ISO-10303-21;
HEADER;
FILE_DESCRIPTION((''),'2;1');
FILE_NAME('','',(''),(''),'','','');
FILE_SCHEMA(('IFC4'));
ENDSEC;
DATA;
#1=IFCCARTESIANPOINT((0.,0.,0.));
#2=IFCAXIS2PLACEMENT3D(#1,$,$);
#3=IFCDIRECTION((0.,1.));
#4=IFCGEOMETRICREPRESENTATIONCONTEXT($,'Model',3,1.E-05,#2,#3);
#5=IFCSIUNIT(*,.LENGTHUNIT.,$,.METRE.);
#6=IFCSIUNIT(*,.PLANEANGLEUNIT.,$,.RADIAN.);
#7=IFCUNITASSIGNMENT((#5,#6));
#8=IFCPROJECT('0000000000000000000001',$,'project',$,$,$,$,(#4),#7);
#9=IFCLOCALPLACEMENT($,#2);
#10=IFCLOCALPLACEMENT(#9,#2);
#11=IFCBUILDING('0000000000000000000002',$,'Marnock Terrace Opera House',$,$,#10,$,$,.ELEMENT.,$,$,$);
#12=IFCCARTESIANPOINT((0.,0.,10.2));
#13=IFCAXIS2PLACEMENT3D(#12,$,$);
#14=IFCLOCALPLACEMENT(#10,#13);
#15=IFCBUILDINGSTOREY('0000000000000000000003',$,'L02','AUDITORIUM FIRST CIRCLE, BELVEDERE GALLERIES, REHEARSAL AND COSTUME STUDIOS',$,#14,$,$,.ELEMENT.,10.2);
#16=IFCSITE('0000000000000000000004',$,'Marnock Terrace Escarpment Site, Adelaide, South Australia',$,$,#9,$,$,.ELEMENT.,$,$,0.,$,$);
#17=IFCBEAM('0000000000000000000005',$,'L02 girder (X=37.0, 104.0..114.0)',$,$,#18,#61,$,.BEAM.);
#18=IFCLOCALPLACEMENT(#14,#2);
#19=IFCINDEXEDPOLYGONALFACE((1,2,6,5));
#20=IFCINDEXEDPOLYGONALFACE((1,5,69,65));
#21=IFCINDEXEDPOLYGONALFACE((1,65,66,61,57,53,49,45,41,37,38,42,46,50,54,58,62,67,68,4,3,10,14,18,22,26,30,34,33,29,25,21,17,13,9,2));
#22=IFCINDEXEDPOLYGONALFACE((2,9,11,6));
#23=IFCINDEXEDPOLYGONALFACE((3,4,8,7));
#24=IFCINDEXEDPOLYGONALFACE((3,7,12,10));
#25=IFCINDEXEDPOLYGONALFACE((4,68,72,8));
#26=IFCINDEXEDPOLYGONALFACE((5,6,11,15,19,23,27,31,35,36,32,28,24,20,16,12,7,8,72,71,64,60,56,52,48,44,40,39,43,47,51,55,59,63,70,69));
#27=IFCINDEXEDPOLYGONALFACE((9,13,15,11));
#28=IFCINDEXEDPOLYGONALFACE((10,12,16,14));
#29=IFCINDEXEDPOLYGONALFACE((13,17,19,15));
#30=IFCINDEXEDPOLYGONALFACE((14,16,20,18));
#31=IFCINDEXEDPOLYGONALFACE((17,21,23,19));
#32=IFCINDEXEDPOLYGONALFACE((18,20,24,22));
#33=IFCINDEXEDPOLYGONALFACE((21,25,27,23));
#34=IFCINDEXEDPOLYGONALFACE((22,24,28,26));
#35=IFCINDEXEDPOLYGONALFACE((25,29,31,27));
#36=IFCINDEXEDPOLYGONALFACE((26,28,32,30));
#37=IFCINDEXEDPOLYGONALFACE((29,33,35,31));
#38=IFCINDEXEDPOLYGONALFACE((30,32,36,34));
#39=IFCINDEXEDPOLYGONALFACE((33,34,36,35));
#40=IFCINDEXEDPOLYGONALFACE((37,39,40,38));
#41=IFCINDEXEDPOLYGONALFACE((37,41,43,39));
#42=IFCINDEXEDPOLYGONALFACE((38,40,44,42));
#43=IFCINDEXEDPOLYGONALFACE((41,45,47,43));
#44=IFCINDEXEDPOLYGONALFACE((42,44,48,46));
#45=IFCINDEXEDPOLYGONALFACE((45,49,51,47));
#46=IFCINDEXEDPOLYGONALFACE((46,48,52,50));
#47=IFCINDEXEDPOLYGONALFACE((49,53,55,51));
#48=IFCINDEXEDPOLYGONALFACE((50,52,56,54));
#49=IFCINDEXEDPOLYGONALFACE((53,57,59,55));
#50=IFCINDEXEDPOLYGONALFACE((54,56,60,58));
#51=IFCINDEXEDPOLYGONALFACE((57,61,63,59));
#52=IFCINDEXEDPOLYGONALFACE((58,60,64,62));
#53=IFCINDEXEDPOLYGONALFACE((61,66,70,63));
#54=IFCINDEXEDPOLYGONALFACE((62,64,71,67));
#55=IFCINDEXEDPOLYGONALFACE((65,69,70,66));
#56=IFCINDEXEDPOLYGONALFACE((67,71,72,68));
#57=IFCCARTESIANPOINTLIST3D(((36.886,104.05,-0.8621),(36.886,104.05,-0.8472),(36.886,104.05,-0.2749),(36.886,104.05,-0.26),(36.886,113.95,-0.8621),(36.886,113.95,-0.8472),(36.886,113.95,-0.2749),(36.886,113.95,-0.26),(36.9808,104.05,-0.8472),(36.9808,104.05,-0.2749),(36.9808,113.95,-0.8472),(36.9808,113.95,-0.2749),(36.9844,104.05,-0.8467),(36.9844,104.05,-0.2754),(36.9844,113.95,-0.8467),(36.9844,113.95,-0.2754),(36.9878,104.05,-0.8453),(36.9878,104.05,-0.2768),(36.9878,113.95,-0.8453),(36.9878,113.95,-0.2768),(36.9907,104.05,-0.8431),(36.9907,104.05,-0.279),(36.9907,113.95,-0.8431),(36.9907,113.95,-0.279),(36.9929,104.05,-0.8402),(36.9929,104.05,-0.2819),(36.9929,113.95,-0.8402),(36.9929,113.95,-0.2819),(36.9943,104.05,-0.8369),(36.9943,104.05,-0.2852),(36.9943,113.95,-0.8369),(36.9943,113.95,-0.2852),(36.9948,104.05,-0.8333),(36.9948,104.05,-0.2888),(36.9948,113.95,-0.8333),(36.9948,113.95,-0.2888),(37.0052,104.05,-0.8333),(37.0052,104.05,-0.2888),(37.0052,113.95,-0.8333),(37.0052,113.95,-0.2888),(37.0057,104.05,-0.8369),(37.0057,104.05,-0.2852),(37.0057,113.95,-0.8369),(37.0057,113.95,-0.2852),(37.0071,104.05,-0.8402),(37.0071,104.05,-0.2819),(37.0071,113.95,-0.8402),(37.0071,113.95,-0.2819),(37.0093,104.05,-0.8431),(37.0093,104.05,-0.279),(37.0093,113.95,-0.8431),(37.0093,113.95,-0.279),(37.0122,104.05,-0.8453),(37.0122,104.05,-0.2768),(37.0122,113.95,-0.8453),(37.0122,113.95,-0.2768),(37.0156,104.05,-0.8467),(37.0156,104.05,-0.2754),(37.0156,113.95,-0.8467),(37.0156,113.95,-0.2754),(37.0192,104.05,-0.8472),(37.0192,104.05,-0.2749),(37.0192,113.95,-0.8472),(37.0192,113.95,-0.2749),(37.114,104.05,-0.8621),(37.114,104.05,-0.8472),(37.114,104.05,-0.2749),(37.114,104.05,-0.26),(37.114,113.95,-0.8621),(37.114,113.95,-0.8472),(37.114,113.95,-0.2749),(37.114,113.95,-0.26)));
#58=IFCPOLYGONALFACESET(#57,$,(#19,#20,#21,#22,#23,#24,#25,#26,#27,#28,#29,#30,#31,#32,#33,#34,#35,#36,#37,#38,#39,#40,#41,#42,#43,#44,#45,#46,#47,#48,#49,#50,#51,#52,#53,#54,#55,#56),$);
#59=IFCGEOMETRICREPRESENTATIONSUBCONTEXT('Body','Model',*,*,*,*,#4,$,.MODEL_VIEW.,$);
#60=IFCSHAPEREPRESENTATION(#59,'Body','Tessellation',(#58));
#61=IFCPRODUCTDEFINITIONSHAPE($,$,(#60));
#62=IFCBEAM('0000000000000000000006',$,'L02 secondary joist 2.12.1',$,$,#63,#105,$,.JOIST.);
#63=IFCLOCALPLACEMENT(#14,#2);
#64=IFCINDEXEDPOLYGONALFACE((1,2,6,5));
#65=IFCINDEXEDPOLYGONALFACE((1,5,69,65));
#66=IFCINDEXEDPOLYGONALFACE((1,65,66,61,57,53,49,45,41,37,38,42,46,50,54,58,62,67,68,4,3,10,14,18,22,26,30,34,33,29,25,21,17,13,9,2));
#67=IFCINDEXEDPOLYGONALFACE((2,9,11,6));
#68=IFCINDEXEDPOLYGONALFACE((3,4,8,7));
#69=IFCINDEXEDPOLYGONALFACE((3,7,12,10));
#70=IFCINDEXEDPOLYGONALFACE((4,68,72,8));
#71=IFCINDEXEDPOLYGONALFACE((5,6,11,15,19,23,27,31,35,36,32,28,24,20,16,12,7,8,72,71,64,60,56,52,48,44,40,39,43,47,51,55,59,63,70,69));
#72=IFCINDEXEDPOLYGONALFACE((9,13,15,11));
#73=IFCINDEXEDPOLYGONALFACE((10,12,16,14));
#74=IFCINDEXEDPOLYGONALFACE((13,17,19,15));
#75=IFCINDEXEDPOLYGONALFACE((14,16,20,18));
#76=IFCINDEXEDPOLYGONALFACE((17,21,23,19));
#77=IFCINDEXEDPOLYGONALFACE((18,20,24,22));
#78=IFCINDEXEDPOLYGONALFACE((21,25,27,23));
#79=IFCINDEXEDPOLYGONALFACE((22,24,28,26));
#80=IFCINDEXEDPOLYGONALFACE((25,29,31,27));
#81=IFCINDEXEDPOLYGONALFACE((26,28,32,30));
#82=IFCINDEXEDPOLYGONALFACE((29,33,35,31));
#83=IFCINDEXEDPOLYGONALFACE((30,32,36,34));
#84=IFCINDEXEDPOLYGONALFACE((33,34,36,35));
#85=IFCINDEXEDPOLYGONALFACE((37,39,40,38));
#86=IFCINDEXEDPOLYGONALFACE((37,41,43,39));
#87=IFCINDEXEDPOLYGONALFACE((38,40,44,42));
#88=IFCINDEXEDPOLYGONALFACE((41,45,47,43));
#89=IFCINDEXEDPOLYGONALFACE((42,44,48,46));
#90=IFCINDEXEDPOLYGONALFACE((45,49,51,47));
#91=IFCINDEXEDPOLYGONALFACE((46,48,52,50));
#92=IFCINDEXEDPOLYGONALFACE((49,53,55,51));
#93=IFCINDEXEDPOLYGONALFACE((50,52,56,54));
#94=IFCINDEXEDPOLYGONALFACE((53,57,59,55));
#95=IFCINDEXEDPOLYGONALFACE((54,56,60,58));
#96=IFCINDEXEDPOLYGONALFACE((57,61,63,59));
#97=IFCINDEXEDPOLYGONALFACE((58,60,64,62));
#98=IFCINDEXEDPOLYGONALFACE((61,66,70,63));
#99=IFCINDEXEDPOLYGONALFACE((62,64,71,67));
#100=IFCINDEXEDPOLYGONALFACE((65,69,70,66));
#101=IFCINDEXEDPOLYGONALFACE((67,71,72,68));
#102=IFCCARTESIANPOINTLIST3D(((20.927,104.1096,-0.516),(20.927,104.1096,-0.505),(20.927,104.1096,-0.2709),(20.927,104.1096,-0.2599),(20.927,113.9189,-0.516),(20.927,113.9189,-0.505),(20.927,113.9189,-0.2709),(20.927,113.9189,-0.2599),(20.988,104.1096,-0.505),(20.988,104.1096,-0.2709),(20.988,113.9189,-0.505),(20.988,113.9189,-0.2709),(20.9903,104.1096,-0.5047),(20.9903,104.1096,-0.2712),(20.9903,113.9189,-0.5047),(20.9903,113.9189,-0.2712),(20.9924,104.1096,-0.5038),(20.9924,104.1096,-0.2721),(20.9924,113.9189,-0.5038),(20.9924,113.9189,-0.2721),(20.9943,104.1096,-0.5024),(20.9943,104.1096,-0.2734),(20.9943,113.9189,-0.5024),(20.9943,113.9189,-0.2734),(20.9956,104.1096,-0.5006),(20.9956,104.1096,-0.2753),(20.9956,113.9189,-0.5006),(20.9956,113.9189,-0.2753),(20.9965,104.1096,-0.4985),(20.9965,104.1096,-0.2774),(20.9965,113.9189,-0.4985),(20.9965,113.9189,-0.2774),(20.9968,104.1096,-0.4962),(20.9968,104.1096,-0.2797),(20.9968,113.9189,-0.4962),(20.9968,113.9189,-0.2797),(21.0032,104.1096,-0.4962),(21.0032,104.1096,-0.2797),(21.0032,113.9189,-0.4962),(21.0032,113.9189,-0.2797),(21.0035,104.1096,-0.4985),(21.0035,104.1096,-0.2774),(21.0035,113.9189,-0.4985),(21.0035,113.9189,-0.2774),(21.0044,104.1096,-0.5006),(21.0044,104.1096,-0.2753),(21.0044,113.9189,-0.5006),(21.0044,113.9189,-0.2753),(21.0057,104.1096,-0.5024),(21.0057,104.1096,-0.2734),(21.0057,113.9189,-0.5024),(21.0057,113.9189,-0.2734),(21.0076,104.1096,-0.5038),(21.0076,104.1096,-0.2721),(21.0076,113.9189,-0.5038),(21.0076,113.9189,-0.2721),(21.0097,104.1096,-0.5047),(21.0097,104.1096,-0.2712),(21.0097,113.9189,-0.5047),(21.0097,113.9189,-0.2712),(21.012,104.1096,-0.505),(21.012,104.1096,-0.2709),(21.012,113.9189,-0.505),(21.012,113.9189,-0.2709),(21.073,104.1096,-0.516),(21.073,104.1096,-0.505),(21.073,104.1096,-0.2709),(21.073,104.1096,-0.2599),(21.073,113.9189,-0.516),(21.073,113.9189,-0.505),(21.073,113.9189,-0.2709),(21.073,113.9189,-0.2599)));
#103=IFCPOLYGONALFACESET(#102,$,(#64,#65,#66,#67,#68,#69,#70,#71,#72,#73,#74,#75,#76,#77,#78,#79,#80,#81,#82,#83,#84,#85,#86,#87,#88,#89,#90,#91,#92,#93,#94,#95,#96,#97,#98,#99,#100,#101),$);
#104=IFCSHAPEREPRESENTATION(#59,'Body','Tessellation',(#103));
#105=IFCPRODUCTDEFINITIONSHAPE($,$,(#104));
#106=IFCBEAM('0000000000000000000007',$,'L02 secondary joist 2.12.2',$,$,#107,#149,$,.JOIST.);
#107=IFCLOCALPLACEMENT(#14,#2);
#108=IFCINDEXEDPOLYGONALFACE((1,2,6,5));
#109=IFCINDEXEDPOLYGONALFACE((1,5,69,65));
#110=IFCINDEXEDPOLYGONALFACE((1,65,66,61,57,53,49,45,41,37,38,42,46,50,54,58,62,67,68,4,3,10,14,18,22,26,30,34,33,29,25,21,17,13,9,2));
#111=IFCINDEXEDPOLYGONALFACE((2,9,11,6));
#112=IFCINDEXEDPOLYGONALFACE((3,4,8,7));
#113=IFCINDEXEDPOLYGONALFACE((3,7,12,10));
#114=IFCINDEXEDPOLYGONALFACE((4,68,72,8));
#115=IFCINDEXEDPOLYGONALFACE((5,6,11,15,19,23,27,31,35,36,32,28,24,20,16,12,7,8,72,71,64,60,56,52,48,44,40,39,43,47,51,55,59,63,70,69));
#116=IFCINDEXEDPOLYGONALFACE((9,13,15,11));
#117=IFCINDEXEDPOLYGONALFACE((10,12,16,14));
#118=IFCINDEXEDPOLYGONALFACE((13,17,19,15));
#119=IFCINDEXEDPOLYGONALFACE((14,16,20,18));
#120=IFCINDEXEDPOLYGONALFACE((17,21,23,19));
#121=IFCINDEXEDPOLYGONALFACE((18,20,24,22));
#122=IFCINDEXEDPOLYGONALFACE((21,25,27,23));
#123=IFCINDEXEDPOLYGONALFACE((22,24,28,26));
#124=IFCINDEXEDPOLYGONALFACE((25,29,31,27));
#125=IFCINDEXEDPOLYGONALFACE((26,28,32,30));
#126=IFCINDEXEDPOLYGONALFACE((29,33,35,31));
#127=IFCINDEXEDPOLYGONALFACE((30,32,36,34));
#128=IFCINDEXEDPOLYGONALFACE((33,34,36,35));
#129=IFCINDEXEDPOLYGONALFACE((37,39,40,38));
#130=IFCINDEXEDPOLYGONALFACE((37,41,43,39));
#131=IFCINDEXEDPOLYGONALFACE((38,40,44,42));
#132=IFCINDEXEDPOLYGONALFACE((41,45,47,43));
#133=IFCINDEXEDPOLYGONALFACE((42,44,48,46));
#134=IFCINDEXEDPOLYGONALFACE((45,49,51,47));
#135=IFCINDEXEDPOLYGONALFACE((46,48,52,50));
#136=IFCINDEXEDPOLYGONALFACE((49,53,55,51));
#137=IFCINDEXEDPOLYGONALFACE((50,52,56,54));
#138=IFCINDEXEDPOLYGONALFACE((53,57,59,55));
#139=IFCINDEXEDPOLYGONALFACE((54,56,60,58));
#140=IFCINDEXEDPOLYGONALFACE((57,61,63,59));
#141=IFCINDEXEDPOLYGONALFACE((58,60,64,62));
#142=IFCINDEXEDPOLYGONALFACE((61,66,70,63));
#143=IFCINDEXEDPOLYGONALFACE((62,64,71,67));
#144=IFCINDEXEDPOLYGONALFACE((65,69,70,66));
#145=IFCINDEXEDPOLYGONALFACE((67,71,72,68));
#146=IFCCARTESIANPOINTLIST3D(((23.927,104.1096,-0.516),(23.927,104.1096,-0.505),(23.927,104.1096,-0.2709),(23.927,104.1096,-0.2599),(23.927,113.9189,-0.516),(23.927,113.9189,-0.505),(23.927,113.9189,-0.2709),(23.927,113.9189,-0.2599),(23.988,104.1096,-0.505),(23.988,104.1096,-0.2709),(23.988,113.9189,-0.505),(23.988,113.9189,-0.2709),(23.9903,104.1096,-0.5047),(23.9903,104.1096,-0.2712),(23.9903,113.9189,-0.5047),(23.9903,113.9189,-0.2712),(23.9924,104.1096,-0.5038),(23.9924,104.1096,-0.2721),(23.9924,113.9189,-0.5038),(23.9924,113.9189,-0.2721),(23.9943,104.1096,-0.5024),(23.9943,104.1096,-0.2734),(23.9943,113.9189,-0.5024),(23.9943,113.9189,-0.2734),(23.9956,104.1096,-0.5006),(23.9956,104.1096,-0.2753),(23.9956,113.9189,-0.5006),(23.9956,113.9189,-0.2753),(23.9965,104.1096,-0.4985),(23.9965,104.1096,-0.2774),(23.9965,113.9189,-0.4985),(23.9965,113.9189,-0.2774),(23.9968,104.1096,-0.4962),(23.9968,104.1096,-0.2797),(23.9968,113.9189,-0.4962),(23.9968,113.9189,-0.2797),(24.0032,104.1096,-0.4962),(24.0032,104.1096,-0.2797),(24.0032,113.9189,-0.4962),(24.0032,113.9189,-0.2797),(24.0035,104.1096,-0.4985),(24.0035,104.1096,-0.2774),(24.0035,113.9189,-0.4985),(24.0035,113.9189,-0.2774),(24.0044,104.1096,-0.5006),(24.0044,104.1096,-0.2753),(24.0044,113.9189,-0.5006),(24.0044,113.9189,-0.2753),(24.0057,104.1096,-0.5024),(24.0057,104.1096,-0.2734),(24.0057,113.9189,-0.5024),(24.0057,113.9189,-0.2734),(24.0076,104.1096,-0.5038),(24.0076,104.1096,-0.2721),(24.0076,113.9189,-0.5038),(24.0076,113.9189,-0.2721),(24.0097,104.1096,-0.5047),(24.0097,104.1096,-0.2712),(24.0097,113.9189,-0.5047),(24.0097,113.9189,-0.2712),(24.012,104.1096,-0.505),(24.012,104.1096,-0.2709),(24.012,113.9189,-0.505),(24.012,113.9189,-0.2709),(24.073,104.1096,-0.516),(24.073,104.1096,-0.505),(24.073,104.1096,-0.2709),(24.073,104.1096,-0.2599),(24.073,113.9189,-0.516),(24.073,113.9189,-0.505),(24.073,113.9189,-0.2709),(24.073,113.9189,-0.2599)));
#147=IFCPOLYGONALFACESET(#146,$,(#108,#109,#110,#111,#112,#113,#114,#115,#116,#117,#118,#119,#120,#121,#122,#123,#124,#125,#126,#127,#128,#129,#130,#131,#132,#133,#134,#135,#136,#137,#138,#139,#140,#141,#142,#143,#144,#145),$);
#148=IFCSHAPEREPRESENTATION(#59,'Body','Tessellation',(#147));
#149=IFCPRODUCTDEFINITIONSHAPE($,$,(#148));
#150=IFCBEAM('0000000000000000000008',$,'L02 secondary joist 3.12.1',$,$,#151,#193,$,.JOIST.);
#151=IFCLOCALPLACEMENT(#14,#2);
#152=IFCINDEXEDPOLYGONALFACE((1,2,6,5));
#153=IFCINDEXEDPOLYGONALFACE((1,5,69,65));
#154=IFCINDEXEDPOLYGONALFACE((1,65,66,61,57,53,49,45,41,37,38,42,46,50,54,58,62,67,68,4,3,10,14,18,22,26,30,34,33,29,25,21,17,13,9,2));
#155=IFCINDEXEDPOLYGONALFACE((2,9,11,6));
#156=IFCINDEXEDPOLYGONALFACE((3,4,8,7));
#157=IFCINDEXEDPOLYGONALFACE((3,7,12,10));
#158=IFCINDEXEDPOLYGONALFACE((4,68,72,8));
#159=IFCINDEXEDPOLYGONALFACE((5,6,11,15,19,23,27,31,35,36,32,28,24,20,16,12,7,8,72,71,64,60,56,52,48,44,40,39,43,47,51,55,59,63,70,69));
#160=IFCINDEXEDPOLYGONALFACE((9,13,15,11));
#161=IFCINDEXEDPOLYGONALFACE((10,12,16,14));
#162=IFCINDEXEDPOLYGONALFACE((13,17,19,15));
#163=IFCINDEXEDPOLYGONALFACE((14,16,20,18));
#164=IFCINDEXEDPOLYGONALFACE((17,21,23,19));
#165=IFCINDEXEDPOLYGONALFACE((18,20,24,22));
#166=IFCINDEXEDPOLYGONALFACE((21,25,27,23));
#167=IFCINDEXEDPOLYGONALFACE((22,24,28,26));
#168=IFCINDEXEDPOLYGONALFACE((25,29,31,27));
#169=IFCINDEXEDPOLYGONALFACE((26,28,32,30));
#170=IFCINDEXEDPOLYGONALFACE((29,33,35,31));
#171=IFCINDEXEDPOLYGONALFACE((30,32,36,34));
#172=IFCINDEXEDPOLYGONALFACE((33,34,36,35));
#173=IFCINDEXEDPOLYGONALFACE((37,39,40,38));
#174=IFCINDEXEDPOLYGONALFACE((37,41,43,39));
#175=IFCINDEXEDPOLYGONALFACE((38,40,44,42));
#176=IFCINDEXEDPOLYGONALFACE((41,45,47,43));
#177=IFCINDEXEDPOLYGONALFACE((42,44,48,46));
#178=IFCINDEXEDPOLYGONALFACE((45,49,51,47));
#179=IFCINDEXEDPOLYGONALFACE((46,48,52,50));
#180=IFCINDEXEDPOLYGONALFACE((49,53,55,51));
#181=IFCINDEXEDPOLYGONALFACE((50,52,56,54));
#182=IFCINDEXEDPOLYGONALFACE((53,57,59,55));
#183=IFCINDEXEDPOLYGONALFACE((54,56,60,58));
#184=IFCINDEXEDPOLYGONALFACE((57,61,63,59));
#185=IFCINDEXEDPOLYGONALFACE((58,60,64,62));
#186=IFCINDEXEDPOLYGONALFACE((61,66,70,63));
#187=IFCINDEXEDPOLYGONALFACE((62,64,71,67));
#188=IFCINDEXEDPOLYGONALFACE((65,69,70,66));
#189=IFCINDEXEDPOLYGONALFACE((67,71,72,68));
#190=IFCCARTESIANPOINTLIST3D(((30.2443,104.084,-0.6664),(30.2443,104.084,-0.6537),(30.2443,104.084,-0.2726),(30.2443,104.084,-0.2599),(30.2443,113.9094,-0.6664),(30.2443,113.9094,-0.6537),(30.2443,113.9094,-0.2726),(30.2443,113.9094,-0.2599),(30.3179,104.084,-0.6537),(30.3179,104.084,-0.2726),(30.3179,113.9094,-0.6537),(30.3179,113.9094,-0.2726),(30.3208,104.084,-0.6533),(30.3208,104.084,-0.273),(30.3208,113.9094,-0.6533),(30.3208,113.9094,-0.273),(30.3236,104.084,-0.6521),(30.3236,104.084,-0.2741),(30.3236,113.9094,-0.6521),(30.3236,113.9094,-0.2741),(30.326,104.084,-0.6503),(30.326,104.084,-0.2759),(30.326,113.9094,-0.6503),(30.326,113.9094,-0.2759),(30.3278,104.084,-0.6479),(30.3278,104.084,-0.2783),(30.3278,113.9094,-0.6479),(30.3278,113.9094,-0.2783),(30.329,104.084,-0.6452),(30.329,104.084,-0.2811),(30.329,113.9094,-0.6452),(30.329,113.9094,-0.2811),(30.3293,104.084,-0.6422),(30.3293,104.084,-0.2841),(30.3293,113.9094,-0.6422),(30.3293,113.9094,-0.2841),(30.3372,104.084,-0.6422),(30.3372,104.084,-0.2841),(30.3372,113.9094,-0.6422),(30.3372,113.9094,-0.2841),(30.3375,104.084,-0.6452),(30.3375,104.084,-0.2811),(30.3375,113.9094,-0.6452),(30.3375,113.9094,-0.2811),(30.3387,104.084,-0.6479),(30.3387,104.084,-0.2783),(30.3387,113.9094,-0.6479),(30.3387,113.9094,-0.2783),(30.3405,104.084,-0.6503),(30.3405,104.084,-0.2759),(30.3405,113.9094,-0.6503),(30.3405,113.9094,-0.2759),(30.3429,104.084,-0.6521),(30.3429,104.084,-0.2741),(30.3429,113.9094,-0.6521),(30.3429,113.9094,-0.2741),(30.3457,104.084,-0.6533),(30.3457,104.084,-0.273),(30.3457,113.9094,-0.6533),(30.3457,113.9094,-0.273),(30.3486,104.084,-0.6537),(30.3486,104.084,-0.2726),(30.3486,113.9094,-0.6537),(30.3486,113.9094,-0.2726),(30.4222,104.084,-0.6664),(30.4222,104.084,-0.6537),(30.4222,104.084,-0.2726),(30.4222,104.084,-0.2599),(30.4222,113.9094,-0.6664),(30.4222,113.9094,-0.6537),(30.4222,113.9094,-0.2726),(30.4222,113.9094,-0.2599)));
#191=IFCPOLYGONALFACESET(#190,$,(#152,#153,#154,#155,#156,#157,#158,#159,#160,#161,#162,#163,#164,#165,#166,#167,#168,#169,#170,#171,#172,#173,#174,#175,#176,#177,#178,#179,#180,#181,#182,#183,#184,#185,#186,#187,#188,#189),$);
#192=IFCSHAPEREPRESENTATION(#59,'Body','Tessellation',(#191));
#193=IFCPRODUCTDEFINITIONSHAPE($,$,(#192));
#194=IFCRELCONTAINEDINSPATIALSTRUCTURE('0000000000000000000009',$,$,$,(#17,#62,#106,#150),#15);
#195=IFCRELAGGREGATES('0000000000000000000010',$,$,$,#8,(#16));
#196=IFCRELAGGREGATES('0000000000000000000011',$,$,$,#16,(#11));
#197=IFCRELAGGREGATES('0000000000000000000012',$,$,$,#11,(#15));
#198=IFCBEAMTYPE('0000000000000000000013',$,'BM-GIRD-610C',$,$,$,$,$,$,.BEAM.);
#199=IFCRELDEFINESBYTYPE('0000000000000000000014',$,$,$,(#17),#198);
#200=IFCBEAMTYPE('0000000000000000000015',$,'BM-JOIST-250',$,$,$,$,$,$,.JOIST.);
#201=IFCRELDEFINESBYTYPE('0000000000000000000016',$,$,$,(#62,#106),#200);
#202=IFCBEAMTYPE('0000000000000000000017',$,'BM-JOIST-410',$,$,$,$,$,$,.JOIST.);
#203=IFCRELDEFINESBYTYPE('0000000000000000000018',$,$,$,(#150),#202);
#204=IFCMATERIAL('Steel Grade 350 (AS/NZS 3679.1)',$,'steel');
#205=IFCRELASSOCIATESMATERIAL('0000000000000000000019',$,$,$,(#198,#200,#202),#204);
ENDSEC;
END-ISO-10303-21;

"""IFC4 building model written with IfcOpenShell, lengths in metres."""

from ifc_helpers import new_model, si_unit, direction, frame, origin, origin_2d, place, context, subcontext, project, spatial, i_section, extrude, material, material_profile, profile_set, type_object, element, save


model = new_model("IFC4")

# Units and contexts
model_context = context("Model", 3, precision=1e-05, world=origin(), true_north=direction((0.0, 1.0)))
body_context = subcontext(model_context, "Body", "Model", "MODEL_VIEW")
ifc_project = project(units=[si_unit("LENGTHUNIT", "METRE"), si_unit("PLANEANGLEUNIT", "RADIAN")], contexts=[model_context])

# Site, building, storey
site_placement = place(None, origin())
site = spatial("IfcSite", under=ifc_project, at=site_placement, Name="Marnock Terrace Escarpment Site, Adelaide, South Australia", CompositionType="ELEMENT", RefElevation=0.0)
building_placement = place(site_placement, origin())
building = spatial("IfcBuilding", under=site, at=building_placement, Name="Marnock Terrace Opera House", CompositionType="ELEMENT")
storey_placement = place(building_placement, frame((0.0, 0.0, 10.2)))
storey = spatial("IfcBuildingStorey", under=building, at=storey_placement, Name="L02", Description="AUDITORIUM FIRST CIRCLE, BELVEDERE GALLERIES, REHEARSAL AND COSTUME STUDIOS", CompositionType="ELEMENT", Elevation=10.2)

# Shared definitions
ifc_material_1 = material(Name="Steel Grade 350 (AS/NZS 3679.1)", Category="steel")

# Beams
ifc_material_profile_1 = material_profile(ifc_material_1, i_section(OverallWidth=0.228, OverallDepth=0.6021, WebThickness=0.0105, FlangeThickness=0.0149, FilletRadius=0.0139, at=origin_2d()))
ifc_profile_set_1 = profile_set([ifc_material_profile_1], Name="Steel Grade 350 (AS/NZS 3679.1)")
beam_type_1 = type_object("IfcBeamType", Name="BM-GIRD-610C", PredefinedType="BEAM", material=ifc_profile_set_1)
beam_1_placement = place(storey_placement, frame((37.0, 104.05, -0.561), z_axis=(0.0, 1.0, 0.0), x_axis=(-1.0, 0.0, 0.0)))
element("IfcBeam", 1, at=beam_1_placement, inside=storey, type_object=beam_type_1, Name="L02 girder (X=37.0, 104.0..114.0)", PredefinedType="BEAM", context=body_context, shape_type="SweptSolid", body=[
    extrude(i_section(OverallWidth=0.228, OverallDepth=0.6021, WebThickness=0.0105, FlangeThickness=0.0149, FilletRadius=0.0139, at=origin_2d()), origin(), (0.0, 0.0, 1.0), 9.8999),
])
ifc_material_profile_2 = material_profile(ifc_material_1, i_section(OverallWidth=0.146, OverallDepth=0.2561, WebThickness=0.0063, FlangeThickness=0.011, FilletRadius=0.0088, at=origin_2d()))
ifc_profile_set_2 = profile_set([ifc_material_profile_2], Name="Steel Grade 350 (AS/NZS 3679.1)")
beam_type_2 = type_object("IfcBeamType", Name="BM-JOIST-250", PredefinedType="JOIST", material=ifc_profile_set_2)
for number, where, z_axis, x_axis, name in (
    (2, (21.0, 104.1096, -0.3879), (0.0, 1.0, 0.0), (-1.0, 0.0, 0.0), "L02 secondary joist 2.12.1"),
    (3, (24.0, 104.1096, -0.3879), (0.0, 1.0, 0.0), (-1.0, 0.0, 0.0), "L02 secondary joist 2.12.2"),
):
    element("IfcBeam", number, at=place(storey_placement, frame(where, z_axis=z_axis, x_axis=x_axis)), inside=storey, type_object=beam_type_2, Name=name, PredefinedType="JOIST", context=body_context, shape_type="SweptSolid", body=[
        extrude(i_section(OverallWidth=0.146, OverallDepth=0.2561, WebThickness=0.0063, FlangeThickness=0.011, FilletRadius=0.0088, at=origin_2d()), origin(), (0.0, 0.0, 1.0), 9.8093),
    ])
ifc_material_profile_3 = material_profile(ifc_material_1, i_section(OverallWidth=0.178, OverallDepth=0.4065, WebThickness=0.0078, FlangeThickness=0.0127, FilletRadius=0.0115, at=origin_2d()))
ifc_profile_set_3 = profile_set([ifc_material_profile_3], Name="Steel Grade 350 (AS/NZS 3679.1)")
beam_type_3 = type_object("IfcBeamType", Name="BM-JOIST-410", PredefinedType="JOIST", material=ifc_profile_set_3)
for number, where, z_axis, x_axis, name in (
    (4, (30.3333, 104.084, -0.4631), (0.0, 1.0, 0.0), (-1.0, 0.0, 0.0), "L02 secondary joist 3.12.1"),
):
    element("IfcBeam", number, at=place(storey_placement, frame(where, z_axis=z_axis, x_axis=x_axis)), inside=storey, type_object=beam_type_3, Name=name, PredefinedType="JOIST", context=body_context, shape_type="SweptSolid", body=[
        extrude(i_section(OverallWidth=0.178, OverallDepth=0.4065, WebThickness=0.0078, FlangeThickness=0.0127, FilletRadius=0.0115, at=origin_2d()), origin(), (0.0, 0.0, 1.0), 9.8254),
    ])

save(model, "model.ifc")
